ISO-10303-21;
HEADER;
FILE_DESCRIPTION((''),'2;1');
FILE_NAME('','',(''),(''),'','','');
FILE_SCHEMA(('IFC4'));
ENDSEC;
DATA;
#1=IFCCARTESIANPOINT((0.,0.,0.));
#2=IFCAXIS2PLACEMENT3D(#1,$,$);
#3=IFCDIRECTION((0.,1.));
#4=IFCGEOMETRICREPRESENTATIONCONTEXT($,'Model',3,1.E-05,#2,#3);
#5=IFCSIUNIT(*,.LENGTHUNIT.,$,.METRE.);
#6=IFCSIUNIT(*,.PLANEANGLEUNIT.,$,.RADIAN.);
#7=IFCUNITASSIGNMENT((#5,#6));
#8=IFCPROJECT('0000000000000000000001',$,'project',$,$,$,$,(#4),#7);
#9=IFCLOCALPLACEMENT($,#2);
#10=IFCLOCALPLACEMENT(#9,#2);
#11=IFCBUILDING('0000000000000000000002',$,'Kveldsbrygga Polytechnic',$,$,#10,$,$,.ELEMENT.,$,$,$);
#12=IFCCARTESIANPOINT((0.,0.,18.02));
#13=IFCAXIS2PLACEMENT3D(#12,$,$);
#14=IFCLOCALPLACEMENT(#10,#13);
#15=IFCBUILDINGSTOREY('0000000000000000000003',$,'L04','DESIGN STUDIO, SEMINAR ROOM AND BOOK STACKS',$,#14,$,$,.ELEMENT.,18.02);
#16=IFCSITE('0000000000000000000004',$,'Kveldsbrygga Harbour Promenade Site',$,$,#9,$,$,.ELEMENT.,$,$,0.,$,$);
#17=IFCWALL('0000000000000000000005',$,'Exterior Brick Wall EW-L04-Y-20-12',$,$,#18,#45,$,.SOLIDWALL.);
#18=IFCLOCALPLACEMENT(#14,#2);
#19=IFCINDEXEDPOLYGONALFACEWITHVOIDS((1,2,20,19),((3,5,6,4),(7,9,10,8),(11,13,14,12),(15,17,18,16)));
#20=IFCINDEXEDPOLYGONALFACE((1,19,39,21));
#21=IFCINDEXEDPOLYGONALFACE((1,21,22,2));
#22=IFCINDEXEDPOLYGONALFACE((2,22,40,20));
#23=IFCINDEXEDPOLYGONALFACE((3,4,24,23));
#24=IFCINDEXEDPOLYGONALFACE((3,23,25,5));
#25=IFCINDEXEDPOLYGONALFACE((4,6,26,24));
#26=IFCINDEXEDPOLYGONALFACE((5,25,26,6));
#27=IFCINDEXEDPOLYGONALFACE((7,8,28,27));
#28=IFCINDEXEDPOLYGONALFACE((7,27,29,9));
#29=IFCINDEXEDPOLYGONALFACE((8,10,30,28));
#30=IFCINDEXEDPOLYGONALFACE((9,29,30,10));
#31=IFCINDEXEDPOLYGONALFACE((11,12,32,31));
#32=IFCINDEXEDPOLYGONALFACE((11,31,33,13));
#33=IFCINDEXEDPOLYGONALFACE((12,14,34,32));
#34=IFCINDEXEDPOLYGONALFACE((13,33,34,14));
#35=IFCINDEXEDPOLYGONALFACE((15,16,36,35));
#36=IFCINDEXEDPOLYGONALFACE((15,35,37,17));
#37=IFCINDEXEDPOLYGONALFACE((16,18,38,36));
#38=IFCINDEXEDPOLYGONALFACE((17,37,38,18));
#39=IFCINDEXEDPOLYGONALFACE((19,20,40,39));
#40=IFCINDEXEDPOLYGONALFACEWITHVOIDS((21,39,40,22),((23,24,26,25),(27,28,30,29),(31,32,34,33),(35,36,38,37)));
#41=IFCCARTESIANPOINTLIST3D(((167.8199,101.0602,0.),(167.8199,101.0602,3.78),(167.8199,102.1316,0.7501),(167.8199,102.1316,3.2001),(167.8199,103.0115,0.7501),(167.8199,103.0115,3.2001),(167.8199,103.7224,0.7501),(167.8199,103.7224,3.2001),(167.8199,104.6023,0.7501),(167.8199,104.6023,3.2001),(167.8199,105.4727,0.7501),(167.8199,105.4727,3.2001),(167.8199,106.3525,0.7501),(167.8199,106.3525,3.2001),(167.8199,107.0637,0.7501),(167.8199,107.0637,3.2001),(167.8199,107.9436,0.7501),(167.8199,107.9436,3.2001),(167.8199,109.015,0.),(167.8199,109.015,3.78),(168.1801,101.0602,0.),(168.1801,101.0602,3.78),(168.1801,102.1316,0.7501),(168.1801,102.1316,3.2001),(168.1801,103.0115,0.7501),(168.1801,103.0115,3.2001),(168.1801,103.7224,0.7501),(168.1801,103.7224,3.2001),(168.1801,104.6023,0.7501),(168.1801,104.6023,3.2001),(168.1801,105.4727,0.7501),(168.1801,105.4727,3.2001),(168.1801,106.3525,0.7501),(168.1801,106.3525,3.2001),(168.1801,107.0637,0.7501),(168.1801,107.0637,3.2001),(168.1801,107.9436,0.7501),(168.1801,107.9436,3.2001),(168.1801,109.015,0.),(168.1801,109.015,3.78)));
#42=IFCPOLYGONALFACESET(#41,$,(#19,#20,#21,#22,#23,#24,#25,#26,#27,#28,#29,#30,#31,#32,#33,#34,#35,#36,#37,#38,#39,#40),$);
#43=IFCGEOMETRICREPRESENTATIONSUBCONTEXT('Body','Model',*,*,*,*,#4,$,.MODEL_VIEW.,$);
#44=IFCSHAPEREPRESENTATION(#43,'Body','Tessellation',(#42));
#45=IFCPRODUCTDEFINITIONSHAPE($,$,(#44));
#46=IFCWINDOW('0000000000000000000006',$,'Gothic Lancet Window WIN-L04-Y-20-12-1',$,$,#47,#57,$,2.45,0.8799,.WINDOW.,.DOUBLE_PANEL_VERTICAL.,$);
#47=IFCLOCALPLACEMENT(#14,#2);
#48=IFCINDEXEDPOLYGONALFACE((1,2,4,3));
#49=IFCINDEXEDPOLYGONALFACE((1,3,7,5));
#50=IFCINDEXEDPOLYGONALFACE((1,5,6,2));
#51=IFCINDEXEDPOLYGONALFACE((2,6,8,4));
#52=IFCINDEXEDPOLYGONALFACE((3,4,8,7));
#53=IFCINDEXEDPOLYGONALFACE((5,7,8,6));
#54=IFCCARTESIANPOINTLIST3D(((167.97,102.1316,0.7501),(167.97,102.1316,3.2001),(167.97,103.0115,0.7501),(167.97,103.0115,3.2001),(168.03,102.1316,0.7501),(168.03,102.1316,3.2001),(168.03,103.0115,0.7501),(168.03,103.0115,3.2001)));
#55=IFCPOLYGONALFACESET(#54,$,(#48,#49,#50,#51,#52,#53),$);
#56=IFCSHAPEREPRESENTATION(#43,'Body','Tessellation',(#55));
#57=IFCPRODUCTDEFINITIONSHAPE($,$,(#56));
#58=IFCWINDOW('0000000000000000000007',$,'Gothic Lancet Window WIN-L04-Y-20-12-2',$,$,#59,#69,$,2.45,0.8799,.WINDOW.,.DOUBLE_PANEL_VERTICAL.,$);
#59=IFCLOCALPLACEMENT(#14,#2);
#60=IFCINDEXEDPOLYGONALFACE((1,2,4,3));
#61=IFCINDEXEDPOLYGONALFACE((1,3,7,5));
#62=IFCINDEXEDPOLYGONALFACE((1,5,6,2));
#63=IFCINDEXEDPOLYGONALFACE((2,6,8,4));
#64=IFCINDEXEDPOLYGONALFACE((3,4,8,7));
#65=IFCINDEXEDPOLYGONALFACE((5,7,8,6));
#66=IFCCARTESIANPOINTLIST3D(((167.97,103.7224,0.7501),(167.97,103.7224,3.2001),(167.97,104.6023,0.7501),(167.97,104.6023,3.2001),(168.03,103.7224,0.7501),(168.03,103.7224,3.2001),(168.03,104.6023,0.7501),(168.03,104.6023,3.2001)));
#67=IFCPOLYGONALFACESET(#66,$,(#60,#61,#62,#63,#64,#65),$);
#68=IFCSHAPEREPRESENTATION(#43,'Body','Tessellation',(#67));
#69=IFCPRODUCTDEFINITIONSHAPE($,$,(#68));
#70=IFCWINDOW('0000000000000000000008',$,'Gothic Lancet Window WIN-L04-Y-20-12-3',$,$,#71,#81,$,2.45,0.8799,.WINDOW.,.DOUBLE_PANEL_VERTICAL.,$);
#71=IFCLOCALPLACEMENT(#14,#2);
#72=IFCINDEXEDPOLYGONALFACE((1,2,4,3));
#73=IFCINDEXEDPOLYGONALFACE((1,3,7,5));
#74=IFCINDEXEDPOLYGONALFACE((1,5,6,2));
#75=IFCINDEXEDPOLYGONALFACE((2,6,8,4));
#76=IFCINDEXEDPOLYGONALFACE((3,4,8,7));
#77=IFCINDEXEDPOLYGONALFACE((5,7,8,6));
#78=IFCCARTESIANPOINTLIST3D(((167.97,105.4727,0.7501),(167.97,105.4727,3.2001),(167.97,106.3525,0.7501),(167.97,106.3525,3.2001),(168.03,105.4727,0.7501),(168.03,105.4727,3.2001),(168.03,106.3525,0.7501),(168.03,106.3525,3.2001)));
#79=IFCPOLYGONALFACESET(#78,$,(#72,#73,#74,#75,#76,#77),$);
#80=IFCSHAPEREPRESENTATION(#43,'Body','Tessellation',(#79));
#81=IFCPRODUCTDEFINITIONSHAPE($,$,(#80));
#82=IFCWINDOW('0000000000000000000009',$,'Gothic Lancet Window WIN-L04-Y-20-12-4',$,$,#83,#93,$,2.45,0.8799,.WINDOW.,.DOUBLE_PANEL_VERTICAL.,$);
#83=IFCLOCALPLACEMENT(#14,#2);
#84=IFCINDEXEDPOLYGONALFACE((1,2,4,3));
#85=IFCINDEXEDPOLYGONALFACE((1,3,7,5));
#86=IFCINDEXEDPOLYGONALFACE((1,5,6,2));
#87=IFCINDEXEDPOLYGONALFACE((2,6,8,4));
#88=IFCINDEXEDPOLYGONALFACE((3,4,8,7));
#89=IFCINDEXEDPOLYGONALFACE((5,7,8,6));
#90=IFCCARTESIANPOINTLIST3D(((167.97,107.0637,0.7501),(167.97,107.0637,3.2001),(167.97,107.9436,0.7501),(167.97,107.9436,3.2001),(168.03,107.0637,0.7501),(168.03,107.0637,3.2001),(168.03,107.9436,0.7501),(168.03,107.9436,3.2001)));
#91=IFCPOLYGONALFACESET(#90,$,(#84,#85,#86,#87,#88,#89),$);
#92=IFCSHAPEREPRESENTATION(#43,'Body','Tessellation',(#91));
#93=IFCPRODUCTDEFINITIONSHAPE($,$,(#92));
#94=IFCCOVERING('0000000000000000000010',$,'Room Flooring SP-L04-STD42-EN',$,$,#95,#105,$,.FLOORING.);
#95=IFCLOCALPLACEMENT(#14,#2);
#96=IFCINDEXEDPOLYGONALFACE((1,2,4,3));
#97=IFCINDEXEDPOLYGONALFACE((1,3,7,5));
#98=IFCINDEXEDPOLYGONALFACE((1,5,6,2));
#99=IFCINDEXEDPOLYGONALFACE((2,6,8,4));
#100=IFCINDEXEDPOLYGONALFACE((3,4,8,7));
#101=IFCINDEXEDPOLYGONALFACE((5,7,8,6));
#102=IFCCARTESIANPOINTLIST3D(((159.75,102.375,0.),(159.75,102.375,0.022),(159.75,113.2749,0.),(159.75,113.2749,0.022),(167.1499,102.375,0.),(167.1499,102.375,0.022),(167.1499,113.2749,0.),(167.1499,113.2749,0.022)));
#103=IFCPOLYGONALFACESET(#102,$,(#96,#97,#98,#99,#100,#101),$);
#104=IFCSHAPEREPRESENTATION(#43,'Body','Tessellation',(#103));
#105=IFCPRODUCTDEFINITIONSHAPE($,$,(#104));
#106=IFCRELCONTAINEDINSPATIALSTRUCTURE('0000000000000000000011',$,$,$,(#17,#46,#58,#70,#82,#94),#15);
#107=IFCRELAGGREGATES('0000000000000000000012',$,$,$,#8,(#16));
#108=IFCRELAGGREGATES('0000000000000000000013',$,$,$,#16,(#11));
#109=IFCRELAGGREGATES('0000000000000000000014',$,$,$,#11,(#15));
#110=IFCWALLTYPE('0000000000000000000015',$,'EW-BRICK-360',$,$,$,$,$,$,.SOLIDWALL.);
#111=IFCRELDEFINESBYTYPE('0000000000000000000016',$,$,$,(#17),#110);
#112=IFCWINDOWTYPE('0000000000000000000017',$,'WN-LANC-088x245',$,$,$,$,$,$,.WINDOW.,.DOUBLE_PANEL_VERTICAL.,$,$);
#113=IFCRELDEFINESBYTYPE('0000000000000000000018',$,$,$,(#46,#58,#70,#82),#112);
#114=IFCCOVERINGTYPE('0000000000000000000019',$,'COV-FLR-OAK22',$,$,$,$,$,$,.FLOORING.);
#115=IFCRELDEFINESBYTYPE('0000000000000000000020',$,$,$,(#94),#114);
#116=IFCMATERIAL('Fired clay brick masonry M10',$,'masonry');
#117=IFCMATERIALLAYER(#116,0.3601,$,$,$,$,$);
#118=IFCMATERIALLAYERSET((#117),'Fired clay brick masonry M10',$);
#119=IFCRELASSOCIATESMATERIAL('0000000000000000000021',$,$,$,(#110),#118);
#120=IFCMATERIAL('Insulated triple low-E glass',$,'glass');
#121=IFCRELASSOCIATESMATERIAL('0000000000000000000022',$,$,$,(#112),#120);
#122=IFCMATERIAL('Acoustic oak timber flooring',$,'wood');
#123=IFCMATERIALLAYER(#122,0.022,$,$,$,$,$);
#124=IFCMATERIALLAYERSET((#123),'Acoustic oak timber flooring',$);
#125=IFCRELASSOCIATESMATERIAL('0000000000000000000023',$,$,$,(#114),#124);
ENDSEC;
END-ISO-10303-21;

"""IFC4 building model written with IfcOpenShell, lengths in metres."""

from ifc_helpers import new_model, si_unit, direction, frame, frame_2d, origin, origin_2d, place, context, subcontext, project, spatial, rectangle, extrude, material, layer, layer_set, type_object, element, fill, save


model = new_model("IFC4")

# Units and contexts
model_context = context("Model", 3, precision=1e-05, world=origin(), true_north=direction((0.0, 1.0)))
body_context = subcontext(model_context, "Body", "Model", "MODEL_VIEW")
ifc_project = project(units=[si_unit("LENGTHUNIT", "METRE"), si_unit("PLANEANGLEUNIT", "RADIAN")], contexts=[model_context])

# Site, building, storey
site_placement = place(None, origin())
site = spatial("IfcSite", under=ifc_project, at=site_placement, Name="Kveldsbrygga Harbour Promenade Site", CompositionType="ELEMENT", RefElevation=0.0)
building_placement = place(site_placement, origin())
building = spatial("IfcBuilding", under=site, at=building_placement, Name="Kveldsbrygga Polytechnic", CompositionType="ELEMENT")
storey_placement = place(building_placement, frame((0.0, 0.0, 18.02)))
storey = spatial("IfcBuildingStorey", under=building, at=storey_placement, Name="L04", Description="DESIGN STUDIO, SEMINAR ROOM AND BOOK STACKS", CompositionType="ELEMENT", Elevation=18.02)

# Wall, openings, windows
ifc_material_1 = material(Name="Fired clay brick masonry M10", Category="masonry")
ifc_layer_1 = layer(ifc_material_1, 0.3601)
ifc_layer_set_1 = layer_set([ifc_layer_1], Name="Fired clay brick masonry M10")
wall_type = type_object("IfcWallType", Name="EW-BRICK-360", PredefinedType="SOLIDWALL", material=ifc_layer_set_1)
wall_placement = place(storey_placement, frame((168.0, 101.0601, 0.0), z_axis=(0.0, 0.0, 1.0), x_axis=(0.0, 1.0, 0.0)))
wall = element("IfcWall", 1, at=wall_placement, inside=storey, type_object=wall_type, Name="Exterior Brick Wall EW-L04-Y-20-12", PredefinedType="SOLIDWALL", context=body_context, shape_type="SweptSolid", body=[
    extrude(rectangle(XDim=7.9548, YDim=0.3601, at=frame_2d((3.9775, 0.0))), origin(), (0.0, 0.0, 1.0), 3.78),
])
opening_1_placement = place(wall_placement, frame((1.0715, 0.0, 0.75)))
opening_1 = element("IfcOpeningElement", 2, at=opening_1_placement, cuts=wall, PredefinedType="OPENING", context=body_context, shape_type="SweptSolid", body=[
    extrude(rectangle(XDim=0.8799, YDim=2.45, at=frame_2d((0.4399, 1.2251))), frame((0.0, 0.1899, 0.0), z_axis=(0.0, -1.0, 0.0), x_axis=(1.0, 0.0, 0.0)), (0.0, 0.0, 1.0), 0.3801),
])
opening_2_placement = place(wall_placement, frame((2.6624, 0.0, 0.75)))
opening_2 = element("IfcOpeningElement", 3, at=opening_2_placement, cuts=wall, PredefinedType="OPENING", context=body_context, shape_type="SweptSolid", body=[
    extrude(rectangle(XDim=0.8799, YDim=2.45, at=frame_2d((0.4399, 1.2251))), frame((0.0, 0.1899, 0.0), z_axis=(0.0, -1.0, 0.0), x_axis=(1.0, 0.0, 0.0)), (0.0, 0.0, 1.0), 0.3801),
])
opening_3_placement = place(wall_placement, frame((4.4126, 0.0, 0.75)))
opening_3 = element("IfcOpeningElement", 4, at=opening_3_placement, cuts=wall, PredefinedType="OPENING", context=body_context, shape_type="SweptSolid", body=[
    extrude(rectangle(XDim=0.8799, YDim=2.45, at=frame_2d((0.4399, 1.2251))), frame((0.0, 0.1899, 0.0), z_axis=(0.0, -1.0, 0.0), x_axis=(1.0, 0.0, 0.0)), (0.0, 0.0, 1.0), 0.3801),
])
opening_4_placement = place(wall_placement, frame((6.0037, 0.0, 0.75)))
opening_4 = element("IfcOpeningElement", 5, at=opening_4_placement, cuts=wall, PredefinedType="OPENING", context=body_context, shape_type="SweptSolid", body=[
    extrude(rectangle(XDim=0.8799, YDim=2.45, at=frame_2d((0.4399, 1.2251))), frame((0.0, 0.1899, 0.0), z_axis=(0.0, -1.0, 0.0), x_axis=(1.0, 0.0, 0.0)), (0.0, 0.0, 1.0), 0.3801),
])
ifc_material_2 = material(Name="Insulated triple low-E glass", Category="glass")
window_type = type_object("IfcWindowType", Name="WN-LANC-088x245", PartitioningType="DOUBLE_PANEL_VERTICAL", PredefinedType="WINDOW", material=ifc_material_2)
window_1_placement = place(opening_1_placement, origin())
window_1 = element("IfcWindow", 6, at=window_1_placement, inside=storey, type_object=window_type, Name="Gothic Lancet Window WIN-L04-Y-20-12-1", OverallHeight=2.45, OverallWidth=0.8799, PartitioningType="DOUBLE_PANEL_VERTICAL", PredefinedType="WINDOW", context=body_context, shape_type="SweptSolid", body=[
    extrude(rectangle(XDim=0.8799, YDim=2.45, at=frame_2d((0.4399, 1.2251))), frame((0.0, 0.03, 0.0), z_axis=(0.0, -1.0, 0.0), x_axis=(1.0, 0.0, 0.0)), (0.0, 0.0, 1.0), 0.0601),
])
fill(opening_1, window_1)
window_2_placement = place(opening_2_placement, origin())
window_2 = element("IfcWindow", 7, at=window_2_placement, inside=storey, type_object=window_type, Name="Gothic Lancet Window WIN-L04-Y-20-12-2", OverallHeight=2.45, OverallWidth=0.8799, PartitioningType="DOUBLE_PANEL_VERTICAL", PredefinedType="WINDOW", context=body_context, shape_type="SweptSolid", body=[
    extrude(rectangle(XDim=0.8799, YDim=2.45, at=frame_2d((0.4399, 1.2251))), frame((0.0, 0.03, 0.0), z_axis=(0.0, -1.0, 0.0), x_axis=(1.0, 0.0, 0.0)), (0.0, 0.0, 1.0), 0.0601),
])
fill(opening_2, window_2)
window_3_placement = place(opening_3_placement, origin())
window_3 = element("IfcWindow", 8, at=window_3_placement, inside=storey, type_object=window_type, Name="Gothic Lancet Window WIN-L04-Y-20-12-3", OverallHeight=2.45, OverallWidth=0.8799, PartitioningType="DOUBLE_PANEL_VERTICAL", PredefinedType="WINDOW", context=body_context, shape_type="SweptSolid", body=[
    extrude(rectangle(XDim=0.8799, YDim=2.45, at=frame_2d((0.4399, 1.2251))), frame((0.0, 0.03, 0.0), z_axis=(0.0, -1.0, 0.0), x_axis=(1.0, 0.0, 0.0)), (0.0, 0.0, 1.0), 0.0601),
])
fill(opening_3, window_3)
window_4_placement = place(opening_4_placement, origin())
window_4 = element("IfcWindow", 9, at=window_4_placement, inside=storey, type_object=window_type, Name="Gothic Lancet Window WIN-L04-Y-20-12-4", OverallHeight=2.45, OverallWidth=0.8799, PartitioningType="DOUBLE_PANEL_VERTICAL", PredefinedType="WINDOW", context=body_context, shape_type="SweptSolid", body=[
    extrude(rectangle(XDim=0.8799, YDim=2.45, at=frame_2d((0.4399, 1.2251))), frame((0.0, 0.03, 0.0), z_axis=(0.0, -1.0, 0.0), x_axis=(1.0, 0.0, 0.0)), (0.0, 0.0, 1.0), 0.0601),
])
fill(opening_4, window_4)

# Covering
ifc_material_3 = material(Name="Acoustic oak timber flooring", Category="wood")
ifc_layer_2 = layer(ifc_material_3, 0.022)
ifc_layer_set_2 = layer_set([ifc_layer_2], Name="Acoustic oak timber flooring")
covering_type = type_object("IfcCoveringType", Name="COV-FLR-OAK22", PredefinedType="FLOORING", material=ifc_layer_set_2)
covering_placement = place(storey_placement, frame((163.45, 107.825, 0.0), z_axis=(0.0, 0.0, 1.0), x_axis=(1.0, 0.0, 0.0)))
element("IfcCovering", 10, at=covering_placement, inside=storey, type_object=covering_type, Name="Room Flooring SP-L04-STD42-EN", PredefinedType="FLOORING", context=body_context, shape_type="SweptSolid", body=[
    extrude(rectangle(XDim=7.3999, YDim=10.8999, at=origin_2d()), origin(), (0.0, 0.0, 1.0), 0.022),
])

save(model, "model.ifc")
